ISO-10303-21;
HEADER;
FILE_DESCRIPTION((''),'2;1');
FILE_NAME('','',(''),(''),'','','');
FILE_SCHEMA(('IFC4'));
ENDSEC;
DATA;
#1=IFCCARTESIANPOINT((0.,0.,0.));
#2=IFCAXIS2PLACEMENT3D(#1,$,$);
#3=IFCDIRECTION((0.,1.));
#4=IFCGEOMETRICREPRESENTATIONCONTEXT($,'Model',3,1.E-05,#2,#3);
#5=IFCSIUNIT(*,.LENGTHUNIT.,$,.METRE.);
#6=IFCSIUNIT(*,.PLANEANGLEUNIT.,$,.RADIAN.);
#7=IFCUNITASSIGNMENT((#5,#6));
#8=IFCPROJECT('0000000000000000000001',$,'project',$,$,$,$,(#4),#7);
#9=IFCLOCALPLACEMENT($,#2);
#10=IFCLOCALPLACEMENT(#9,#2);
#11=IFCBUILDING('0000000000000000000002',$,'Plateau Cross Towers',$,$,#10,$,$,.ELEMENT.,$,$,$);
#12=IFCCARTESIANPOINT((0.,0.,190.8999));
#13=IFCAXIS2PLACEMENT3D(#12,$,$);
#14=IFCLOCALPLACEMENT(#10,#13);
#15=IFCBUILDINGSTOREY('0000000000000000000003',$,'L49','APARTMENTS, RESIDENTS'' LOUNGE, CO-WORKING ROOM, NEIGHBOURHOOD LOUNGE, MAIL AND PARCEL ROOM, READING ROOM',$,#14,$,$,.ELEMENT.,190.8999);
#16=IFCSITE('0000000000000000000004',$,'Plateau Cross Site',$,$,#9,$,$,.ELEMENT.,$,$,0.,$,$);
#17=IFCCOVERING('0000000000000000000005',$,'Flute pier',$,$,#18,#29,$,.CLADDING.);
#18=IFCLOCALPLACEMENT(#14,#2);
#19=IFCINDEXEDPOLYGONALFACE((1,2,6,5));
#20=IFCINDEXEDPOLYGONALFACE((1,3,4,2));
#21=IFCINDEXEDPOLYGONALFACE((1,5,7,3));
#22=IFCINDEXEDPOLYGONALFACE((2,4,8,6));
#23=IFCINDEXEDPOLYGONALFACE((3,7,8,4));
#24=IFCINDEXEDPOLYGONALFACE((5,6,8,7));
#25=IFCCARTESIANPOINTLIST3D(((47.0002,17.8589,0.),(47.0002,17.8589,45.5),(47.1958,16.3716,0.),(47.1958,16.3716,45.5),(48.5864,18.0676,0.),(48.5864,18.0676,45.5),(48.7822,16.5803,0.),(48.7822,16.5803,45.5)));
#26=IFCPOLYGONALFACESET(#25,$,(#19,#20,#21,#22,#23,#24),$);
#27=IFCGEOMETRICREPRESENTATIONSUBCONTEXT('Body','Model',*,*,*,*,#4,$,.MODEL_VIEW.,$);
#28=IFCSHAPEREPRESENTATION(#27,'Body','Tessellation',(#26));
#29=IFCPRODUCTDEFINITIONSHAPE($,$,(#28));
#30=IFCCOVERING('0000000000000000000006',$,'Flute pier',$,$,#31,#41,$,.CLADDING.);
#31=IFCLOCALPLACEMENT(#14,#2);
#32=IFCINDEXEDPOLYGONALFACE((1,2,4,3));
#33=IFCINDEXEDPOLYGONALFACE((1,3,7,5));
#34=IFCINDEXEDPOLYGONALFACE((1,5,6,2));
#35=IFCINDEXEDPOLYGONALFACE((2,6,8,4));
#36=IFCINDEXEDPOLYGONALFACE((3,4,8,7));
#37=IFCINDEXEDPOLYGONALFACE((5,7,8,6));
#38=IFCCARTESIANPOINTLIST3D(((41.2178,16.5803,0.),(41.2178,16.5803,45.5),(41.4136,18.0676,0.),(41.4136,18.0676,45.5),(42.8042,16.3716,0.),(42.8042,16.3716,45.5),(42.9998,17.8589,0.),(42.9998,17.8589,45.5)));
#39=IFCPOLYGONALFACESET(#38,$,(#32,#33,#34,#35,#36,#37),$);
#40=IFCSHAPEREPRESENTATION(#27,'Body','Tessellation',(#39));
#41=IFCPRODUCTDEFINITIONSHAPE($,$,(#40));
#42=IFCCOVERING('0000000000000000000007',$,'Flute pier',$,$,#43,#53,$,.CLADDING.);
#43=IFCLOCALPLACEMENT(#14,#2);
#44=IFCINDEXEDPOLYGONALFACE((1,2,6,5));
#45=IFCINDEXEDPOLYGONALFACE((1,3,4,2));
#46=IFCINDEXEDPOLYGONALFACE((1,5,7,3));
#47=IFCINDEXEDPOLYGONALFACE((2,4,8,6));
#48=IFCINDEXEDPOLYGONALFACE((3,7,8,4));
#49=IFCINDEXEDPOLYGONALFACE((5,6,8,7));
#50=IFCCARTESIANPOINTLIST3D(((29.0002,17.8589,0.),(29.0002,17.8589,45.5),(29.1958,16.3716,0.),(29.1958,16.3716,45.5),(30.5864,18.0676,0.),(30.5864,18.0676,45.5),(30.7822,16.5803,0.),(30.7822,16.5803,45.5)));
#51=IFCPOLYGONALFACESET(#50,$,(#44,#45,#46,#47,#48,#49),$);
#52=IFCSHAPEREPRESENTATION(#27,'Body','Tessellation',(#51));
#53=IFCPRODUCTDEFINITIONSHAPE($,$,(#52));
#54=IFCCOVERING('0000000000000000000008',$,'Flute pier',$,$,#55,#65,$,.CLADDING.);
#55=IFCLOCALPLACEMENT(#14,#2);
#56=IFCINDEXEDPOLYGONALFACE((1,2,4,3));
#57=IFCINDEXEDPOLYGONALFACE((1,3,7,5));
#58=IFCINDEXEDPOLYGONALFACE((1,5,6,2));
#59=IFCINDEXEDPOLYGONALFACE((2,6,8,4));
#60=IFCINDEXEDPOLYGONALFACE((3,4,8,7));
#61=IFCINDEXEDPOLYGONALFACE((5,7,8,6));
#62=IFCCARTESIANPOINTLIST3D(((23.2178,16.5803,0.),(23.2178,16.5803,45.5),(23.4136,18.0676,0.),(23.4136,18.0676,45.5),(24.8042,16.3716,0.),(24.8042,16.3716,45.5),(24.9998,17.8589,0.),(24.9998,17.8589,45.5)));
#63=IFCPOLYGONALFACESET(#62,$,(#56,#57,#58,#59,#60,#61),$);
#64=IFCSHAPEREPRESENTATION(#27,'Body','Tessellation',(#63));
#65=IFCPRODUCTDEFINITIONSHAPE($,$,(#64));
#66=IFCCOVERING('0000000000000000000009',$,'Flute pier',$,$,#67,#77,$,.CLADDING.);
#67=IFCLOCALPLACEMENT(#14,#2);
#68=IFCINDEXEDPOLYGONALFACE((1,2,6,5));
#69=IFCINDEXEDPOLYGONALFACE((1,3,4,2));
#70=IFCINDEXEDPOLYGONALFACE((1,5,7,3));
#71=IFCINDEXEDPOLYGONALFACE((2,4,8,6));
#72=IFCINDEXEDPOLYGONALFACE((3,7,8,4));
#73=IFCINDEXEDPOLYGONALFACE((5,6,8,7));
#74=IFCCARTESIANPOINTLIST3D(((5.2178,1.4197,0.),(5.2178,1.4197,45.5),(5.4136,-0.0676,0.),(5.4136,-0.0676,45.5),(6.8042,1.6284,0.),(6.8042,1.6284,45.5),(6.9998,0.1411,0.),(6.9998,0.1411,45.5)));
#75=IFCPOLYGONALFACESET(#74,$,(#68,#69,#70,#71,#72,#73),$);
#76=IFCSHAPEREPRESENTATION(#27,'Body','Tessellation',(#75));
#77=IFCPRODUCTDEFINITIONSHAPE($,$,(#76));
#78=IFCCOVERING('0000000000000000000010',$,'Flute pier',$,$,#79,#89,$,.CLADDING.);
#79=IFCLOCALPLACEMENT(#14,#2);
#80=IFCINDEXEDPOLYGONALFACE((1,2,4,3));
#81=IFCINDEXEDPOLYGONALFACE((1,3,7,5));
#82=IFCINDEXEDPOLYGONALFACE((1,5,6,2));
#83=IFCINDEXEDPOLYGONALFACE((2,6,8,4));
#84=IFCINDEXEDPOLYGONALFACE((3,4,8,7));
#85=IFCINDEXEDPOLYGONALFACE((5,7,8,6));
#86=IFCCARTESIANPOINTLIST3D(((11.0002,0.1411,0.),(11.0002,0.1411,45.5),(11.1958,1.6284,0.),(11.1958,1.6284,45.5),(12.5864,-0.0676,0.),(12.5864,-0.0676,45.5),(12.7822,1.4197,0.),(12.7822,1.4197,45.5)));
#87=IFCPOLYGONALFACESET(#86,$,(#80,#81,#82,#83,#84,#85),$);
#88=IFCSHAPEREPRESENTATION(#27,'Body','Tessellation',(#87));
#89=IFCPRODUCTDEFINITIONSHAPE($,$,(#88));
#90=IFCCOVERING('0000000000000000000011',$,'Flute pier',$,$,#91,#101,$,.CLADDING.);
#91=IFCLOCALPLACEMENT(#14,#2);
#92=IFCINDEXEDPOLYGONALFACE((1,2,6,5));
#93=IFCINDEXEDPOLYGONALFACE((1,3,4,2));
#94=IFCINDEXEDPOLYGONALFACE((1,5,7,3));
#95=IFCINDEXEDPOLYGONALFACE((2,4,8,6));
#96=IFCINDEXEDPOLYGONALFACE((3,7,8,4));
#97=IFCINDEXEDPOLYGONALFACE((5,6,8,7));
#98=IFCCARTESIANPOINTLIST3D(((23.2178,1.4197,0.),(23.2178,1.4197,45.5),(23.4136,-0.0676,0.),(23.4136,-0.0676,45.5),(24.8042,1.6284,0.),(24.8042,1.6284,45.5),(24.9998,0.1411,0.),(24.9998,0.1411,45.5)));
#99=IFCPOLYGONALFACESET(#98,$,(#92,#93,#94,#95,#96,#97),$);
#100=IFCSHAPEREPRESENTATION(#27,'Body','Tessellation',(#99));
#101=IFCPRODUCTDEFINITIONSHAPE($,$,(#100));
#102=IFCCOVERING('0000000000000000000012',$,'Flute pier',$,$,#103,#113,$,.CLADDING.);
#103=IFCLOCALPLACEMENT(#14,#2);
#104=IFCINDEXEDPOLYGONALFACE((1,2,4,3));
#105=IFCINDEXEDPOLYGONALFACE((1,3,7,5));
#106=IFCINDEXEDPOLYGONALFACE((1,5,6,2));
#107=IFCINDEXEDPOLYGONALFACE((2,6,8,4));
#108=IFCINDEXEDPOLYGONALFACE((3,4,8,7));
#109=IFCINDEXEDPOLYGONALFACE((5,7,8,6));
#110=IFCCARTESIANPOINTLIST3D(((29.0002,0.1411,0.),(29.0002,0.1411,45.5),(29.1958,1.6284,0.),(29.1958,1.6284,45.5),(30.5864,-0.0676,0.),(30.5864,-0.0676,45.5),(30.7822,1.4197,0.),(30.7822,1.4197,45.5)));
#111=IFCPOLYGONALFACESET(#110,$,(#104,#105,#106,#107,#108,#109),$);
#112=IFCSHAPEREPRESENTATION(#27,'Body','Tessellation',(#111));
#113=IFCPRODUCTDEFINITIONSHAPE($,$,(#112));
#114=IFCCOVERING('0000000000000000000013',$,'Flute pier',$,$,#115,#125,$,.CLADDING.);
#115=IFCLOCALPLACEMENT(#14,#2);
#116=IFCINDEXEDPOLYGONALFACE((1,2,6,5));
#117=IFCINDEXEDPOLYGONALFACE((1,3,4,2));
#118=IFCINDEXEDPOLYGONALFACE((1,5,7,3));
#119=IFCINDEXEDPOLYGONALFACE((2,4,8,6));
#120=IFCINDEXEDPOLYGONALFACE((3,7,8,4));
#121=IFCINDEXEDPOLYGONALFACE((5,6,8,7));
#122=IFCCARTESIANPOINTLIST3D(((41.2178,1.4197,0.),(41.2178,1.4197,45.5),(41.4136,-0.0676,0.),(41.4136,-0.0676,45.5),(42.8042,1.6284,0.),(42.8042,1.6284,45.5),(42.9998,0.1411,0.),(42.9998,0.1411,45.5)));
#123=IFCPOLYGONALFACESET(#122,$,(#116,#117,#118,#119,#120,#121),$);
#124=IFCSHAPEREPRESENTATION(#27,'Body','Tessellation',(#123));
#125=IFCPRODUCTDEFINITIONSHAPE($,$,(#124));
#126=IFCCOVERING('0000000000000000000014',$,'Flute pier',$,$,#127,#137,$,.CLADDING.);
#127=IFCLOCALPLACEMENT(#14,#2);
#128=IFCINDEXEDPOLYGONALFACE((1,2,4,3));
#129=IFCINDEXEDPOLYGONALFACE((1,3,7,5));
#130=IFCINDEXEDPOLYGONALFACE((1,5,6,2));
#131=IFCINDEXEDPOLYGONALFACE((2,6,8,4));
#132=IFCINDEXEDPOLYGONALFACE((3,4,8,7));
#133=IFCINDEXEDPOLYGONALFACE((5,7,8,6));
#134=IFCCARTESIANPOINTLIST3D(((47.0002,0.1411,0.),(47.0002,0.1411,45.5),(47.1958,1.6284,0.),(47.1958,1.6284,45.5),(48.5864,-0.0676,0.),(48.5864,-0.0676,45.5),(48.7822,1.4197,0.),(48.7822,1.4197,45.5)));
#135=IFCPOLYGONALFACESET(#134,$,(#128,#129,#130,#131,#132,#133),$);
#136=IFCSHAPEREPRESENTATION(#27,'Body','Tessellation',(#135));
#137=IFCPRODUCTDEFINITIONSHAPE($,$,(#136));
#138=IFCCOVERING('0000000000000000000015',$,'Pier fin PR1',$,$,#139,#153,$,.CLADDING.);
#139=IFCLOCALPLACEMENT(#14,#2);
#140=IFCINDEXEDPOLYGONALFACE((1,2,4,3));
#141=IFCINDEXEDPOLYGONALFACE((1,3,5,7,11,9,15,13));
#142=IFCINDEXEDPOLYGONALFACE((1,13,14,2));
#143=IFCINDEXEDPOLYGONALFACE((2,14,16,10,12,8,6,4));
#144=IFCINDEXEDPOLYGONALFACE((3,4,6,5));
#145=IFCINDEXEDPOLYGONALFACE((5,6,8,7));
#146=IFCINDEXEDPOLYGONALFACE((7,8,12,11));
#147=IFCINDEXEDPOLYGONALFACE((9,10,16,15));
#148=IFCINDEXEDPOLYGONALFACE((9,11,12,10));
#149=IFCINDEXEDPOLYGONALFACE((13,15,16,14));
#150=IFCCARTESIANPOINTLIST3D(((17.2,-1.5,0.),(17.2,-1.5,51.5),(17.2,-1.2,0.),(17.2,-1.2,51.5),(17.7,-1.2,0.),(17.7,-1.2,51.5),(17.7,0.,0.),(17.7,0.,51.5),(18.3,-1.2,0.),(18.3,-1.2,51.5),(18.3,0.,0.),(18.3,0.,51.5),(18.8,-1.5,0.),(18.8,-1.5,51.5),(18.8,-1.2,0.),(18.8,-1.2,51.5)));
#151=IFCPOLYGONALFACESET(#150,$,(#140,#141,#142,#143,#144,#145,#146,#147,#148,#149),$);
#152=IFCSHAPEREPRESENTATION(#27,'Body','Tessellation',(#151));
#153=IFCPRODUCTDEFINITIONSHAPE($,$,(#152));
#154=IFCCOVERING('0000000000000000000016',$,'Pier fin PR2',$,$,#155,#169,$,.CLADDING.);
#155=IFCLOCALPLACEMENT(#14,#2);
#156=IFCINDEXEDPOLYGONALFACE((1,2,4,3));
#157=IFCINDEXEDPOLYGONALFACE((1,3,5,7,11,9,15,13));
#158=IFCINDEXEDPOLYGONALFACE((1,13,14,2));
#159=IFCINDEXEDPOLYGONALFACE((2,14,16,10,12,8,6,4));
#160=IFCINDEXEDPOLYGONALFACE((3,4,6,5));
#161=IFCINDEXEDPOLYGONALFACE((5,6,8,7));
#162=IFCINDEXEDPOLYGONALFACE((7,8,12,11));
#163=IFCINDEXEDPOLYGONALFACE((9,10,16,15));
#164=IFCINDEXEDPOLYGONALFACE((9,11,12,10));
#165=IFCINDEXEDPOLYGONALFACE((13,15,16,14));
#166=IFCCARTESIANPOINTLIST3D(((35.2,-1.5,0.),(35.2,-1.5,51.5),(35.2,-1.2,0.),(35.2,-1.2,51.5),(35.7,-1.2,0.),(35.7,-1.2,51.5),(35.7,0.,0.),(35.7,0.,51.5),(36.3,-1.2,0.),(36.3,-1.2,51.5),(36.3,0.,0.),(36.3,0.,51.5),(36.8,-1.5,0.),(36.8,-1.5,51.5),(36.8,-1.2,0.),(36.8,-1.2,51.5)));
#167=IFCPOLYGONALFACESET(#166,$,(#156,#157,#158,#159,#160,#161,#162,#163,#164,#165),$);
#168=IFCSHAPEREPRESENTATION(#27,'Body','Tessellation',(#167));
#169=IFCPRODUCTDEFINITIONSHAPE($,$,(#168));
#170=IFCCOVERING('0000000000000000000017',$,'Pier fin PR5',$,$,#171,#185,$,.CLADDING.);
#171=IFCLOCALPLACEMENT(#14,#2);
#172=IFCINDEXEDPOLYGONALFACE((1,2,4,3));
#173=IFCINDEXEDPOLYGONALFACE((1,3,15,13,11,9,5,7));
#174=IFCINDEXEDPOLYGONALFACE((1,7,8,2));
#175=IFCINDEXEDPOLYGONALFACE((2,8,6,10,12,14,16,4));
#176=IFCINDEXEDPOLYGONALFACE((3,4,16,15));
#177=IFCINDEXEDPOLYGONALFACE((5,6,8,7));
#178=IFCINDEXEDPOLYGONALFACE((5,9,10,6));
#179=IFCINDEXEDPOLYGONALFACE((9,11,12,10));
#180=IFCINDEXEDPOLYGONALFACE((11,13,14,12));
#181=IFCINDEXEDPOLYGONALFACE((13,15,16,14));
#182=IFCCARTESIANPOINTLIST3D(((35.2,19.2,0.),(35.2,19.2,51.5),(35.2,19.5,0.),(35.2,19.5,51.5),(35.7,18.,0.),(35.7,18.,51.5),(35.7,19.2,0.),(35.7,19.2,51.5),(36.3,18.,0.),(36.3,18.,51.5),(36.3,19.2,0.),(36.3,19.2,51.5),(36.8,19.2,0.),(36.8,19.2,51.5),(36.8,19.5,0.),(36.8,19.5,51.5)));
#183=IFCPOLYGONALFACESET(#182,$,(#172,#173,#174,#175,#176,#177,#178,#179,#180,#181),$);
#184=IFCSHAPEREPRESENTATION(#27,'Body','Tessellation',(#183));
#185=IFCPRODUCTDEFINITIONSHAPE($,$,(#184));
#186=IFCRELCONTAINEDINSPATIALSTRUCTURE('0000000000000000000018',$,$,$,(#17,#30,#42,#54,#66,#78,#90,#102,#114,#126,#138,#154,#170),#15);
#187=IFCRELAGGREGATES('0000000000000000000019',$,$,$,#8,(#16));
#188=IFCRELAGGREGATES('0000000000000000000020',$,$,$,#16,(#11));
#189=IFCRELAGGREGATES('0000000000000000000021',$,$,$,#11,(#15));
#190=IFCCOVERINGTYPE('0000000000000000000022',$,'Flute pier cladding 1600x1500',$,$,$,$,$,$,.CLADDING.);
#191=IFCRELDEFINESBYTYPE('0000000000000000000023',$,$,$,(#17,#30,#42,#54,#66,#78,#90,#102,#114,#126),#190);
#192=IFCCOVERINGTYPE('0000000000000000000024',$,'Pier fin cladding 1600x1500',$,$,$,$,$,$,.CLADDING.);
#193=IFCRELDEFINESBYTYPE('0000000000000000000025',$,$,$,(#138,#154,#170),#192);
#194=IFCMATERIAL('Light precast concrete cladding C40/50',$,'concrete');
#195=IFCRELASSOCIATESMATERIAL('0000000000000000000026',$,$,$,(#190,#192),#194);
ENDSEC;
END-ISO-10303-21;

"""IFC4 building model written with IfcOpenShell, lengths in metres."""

from ifc_helpers import new_model, si_unit, direction, frame, origin, place, context, subcontext, project, spatial, polyline, outline, extrude, material, type_object, element, save


model = new_model("IFC4")

# Units and contexts
model_context = context("Model", 3, precision=1e-05, world=origin(), true_north=direction((0.0, 1.0)))
body_context = subcontext(model_context, "Body", "Model", "MODEL_VIEW")
ifc_project = project(units=[si_unit("LENGTHUNIT", "METRE"), si_unit("PLANEANGLEUNIT", "RADIAN")], contexts=[model_context])

# Site, building, storey
site_placement = place(None, origin())
site = spatial("IfcSite", under=ifc_project, at=site_placement, Name="Plateau Cross Site", CompositionType="ELEMENT", RefElevation=0.0)
building_placement = place(site_placement, origin())
building = spatial("IfcBuilding", under=site, at=building_placement, Name="Plateau Cross Towers", CompositionType="ELEMENT")
storey_placement = place(building_placement, frame((0.0, 0.0, 190.8999)))
storey = spatial("IfcBuildingStorey", under=building, at=storey_placement, Name="L49", Description="APARTMENTS, RESIDENTS' LOUNGE, CO-WORKING ROOM, NEIGHBOURHOOD LOUNGE, MAIL AND PARCEL ROOM, READING ROOM", CompositionType="ELEMENT", Elevation=190.8999)

# Coverings
ifc_material_1 = material(Name="Light precast concrete cladding C40/50", Category="concrete")
covering_type_1 = type_object("IfcCoveringType", Name="Flute pier cladding 1600x1500", PredefinedType="CLADDING", material=ifc_material_1)
covering_1_placement = place(storey_placement, origin())
element("IfcCovering", 1, at=covering_1_placement, inside=storey, type_object=covering_type_1, Name="Flute pier", PredefinedType="CLADDING", context=body_context, shape_type="SweptSolid", body=[
    extrude(outline(polyline([(48.7822, 16.5803), (47.1958, 16.3716), (47.0002, 17.8589), (48.5864, 18.0676), (48.7822, 16.5803)])), origin(), (0.0, 0.0, 1.0), 45.5),
])
covering_2_placement = place(storey_placement, origin())
element("IfcCovering", 2, at=covering_2_placement, inside=storey, type_object=covering_type_1, Name="Flute pier", PredefinedType="CLADDING", context=body_context, shape_type="SweptSolid", body=[
    extrude(outline(polyline([(42.8042, 16.3716), (41.2178, 16.5803), (41.4136, 18.0676), (42.9998, 17.8589), (42.8042, 16.3716)])), origin(), (0.0, 0.0, 1.0), 45.5),
])
covering_3_placement = place(storey_placement, origin())
element("IfcCovering", 3, at=covering_3_placement, inside=storey, type_object=covering_type_1, Name="Flute pier", PredefinedType="CLADDING", context=body_context, shape_type="SweptSolid", body=[
    extrude(outline(polyline([(30.7822, 16.5803), (29.1958, 16.3716), (29.0002, 17.8589), (30.5864, 18.0676), (30.7822, 16.5803)])), origin(), (0.0, 0.0, 1.0), 45.5),
])
covering_4_placement = place(storey_placement, origin())
element("IfcCovering", 4, at=covering_4_placement, inside=storey, type_object=covering_type_1, Name="Flute pier", PredefinedType="CLADDING", context=body_context, shape_type="SweptSolid", body=[
    extrude(outline(polyline([(24.8042, 16.3716), (23.2178, 16.5803), (23.4136, 18.0676), (24.9998, 17.8589), (24.8042, 16.3716)])), origin(), (0.0, 0.0, 1.0), 45.5),
])
covering_5_placement = place(storey_placement, origin())
element("IfcCovering", 5, at=covering_5_placement, inside=storey, type_object=covering_type_1, Name="Flute pier", PredefinedType="CLADDING", context=body_context, shape_type="SweptSolid", body=[
    extrude(outline(polyline([(5.2178, 1.4197), (6.8042, 1.6284), (6.9998, 0.1411), (5.4136, -0.0676), (5.2178, 1.4197)])), origin(), (0.0, 0.0, 1.0), 45.5),
])
covering_6_placement = place(storey_placement, origin())
element("IfcCovering", 6, at=covering_6_placement, inside=storey, type_object=covering_type_1, Name="Flute pier", PredefinedType="CLADDING", context=body_context, shape_type="SweptSolid", body=[
    extrude(outline(polyline([(11.1958, 1.6284), (12.7822, 1.4197), (12.5864, -0.0676), (11.0002, 0.1411), (11.1958, 1.6284)])), origin(), (0.0, 0.0, 1.0), 45.5),
])
covering_7_placement = place(storey_placement, origin())
element("IfcCovering", 7, at=covering_7_placement, inside=storey, type_object=covering_type_1, Name="Flute pier", PredefinedType="CLADDING", context=body_context, shape_type="SweptSolid", body=[
    extrude(outline(polyline([(23.2178, 1.4197), (24.8042, 1.6284), (24.9998, 0.1411), (23.4136, -0.0676), (23.2178, 1.4197)])), origin(), (0.0, 0.0, 1.0), 45.5),
])
covering_8_placement = place(storey_placement, origin())
element("IfcCovering", 8, at=covering_8_placement, inside=storey, type_object=covering_type_1, Name="Flute pier", PredefinedType="CLADDING", context=body_context, shape_type="SweptSolid", body=[
    extrude(outline(polyline([(29.1958, 1.6284), (30.7822, 1.4197), (30.5864, -0.0676), (29.0002, 0.1411), (29.1958, 1.6284)])), origin(), (0.0, 0.0, 1.0), 45.5),
])
covering_9_placement = place(storey_placement, origin())
element("IfcCovering", 9, at=covering_9_placement, inside=storey, type_object=covering_type_1, Name="Flute pier", PredefinedType="CLADDING", context=body_context, shape_type="SweptSolid", body=[
    extrude(outline(polyline([(41.2178, 1.4197), (42.8042, 1.6284), (42.9998, 0.1411), (41.4136, -0.0676), (41.2178, 1.4197)])), origin(), (0.0, 0.0, 1.0), 45.5),
])
covering_10_placement = place(storey_placement, origin())
element("IfcCovering", 10, at=covering_10_placement, inside=storey, type_object=covering_type_1, Name="Flute pier", PredefinedType="CLADDING", context=body_context, shape_type="SweptSolid", body=[
    extrude(outline(polyline([(47.1958, 1.6284), (48.7822, 1.4197), (48.5864, -0.0676), (47.0002, 0.1411), (47.1958, 1.6284)])), origin(), (0.0, 0.0, 1.0), 45.5),
])
covering_type_2 = type_object("IfcCoveringType", Name="Pier fin cladding 1600x1500", PredefinedType="CLADDING", material=ifc_material_1)
covering_11_placement = place(storey_placement, origin())
element("IfcCovering", 11, at=covering_11_placement, inside=storey, type_object=covering_type_2, Name="Pier fin PR1", PredefinedType="CLADDING", context=body_context, shape_type="SweptSolid", body=[
    extrude(outline(polyline([(17.7, 0.0), (18.3, 0.0), (18.3, -1.2), (18.8, -1.2), (18.8, -1.5), (17.2, -1.5), (17.2, -1.2), (17.7, -1.2), (17.7, 0.0)])), origin(), (0.0, 0.0, 1.0), 51.5),
])
covering_12_placement = place(storey_placement, origin())
element("IfcCovering", 12, at=covering_12_placement, inside=storey, type_object=covering_type_2, Name="Pier fin PR2", PredefinedType="CLADDING", context=body_context, shape_type="SweptSolid", body=[
    extrude(outline(polyline([(35.7, 0.0), (36.3, 0.0), (36.3, -1.2), (36.8, -1.2), (36.8, -1.5), (35.2, -1.5), (35.2, -1.2), (35.7, -1.2), (35.7, 0.0)])), origin(), (0.0, 0.0, 1.0), 51.5),
])
covering_13_placement = place(storey_placement, origin())
element("IfcCovering", 13, at=covering_13_placement, inside=storey, type_object=covering_type_2, Name="Pier fin PR5", PredefinedType="CLADDING", context=body_context, shape_type="SweptSolid", body=[
    extrude(outline(polyline([(35.7, 18.0), (36.3, 18.0), (36.3, 19.2), (36.8, 19.2), (36.8, 19.5), (35.2, 19.5), (35.2, 19.2), (35.7, 19.2), (35.7, 18.0)])), origin(), (0.0, 0.0, 1.0), 51.5),
])

save(model, "model.ifc")
